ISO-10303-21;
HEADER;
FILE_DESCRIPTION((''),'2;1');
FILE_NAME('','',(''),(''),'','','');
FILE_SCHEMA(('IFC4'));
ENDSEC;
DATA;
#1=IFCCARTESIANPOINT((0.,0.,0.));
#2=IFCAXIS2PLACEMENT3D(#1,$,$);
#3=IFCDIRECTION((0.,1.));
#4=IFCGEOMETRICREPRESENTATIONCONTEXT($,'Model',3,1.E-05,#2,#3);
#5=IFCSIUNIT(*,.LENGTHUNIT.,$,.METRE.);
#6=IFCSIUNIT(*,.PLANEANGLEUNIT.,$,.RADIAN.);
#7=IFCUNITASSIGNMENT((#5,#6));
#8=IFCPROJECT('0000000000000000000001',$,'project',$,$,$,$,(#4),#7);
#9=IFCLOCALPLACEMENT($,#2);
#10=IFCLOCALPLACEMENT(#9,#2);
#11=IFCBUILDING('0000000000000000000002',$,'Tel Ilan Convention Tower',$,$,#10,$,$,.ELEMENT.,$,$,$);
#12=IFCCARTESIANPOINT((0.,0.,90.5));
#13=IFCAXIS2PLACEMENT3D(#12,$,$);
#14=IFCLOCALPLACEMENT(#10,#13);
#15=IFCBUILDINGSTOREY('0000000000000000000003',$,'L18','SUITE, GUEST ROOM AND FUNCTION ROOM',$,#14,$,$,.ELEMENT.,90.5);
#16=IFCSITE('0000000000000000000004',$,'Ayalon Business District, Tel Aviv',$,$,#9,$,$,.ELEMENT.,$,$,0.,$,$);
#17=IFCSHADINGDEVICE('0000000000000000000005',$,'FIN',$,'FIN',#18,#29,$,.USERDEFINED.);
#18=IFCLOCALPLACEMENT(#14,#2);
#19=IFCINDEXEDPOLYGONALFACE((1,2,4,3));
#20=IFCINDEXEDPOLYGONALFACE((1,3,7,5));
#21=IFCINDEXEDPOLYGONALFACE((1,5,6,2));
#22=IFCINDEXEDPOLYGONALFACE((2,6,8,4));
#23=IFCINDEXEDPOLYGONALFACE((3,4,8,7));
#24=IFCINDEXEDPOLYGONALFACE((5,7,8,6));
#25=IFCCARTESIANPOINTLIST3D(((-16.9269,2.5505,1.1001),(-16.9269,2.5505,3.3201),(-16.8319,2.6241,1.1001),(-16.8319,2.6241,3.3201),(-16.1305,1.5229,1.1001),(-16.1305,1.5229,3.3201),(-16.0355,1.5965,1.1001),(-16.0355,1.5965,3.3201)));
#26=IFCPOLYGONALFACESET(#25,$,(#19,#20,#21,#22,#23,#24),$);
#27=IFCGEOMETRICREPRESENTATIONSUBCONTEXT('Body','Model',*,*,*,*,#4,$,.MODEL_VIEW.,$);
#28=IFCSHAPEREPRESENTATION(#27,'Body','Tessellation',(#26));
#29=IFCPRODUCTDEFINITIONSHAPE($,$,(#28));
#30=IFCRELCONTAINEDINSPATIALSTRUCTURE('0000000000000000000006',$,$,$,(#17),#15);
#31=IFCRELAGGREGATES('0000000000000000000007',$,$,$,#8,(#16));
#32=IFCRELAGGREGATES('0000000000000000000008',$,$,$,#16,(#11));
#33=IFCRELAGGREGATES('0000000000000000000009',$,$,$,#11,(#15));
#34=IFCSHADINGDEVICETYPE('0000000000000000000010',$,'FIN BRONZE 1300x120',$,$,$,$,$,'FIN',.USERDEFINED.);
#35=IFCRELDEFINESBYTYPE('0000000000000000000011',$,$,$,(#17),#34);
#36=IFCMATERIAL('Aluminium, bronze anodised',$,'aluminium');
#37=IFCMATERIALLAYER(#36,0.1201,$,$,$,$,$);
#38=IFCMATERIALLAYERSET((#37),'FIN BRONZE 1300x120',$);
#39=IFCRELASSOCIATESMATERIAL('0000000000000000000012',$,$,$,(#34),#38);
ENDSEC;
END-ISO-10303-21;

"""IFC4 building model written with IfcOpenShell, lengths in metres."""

from ifc_helpers import new_model, si_unit, direction, frame, origin, origin_2d, place, context, subcontext, project, spatial, rectangle, extrude, material, layer, layer_set, type_object, element, save


model = new_model("IFC4")

# Units and contexts
model_context = context("Model", 3, precision=1e-05, world=origin(), true_north=direction((0.0, 1.0)))
body_context = subcontext(model_context, "Body", "Model", "MODEL_VIEW")
ifc_project = project(units=[si_unit("LENGTHUNIT", "METRE"), si_unit("PLANEANGLEUNIT", "RADIAN")], contexts=[model_context])

# Site, building, storey
site_placement = place(None, origin())
site = spatial("IfcSite", under=ifc_project, at=site_placement, Name="Ayalon Business District, Tel Aviv", CompositionType="ELEMENT", RefElevation=0.0)
building_placement = place(site_placement, origin())
building = spatial("IfcBuilding", under=site, at=building_placement, Name="Tel Ilan Convention Tower", CompositionType="ELEMENT")
storey_placement = place(building_placement, frame((0.0, 0.0, 90.5)))
storey = spatial("IfcBuildingStorey", under=building, at=storey_placement, Name="L18", Description="SUITE, GUEST ROOM AND FUNCTION ROOM", CompositionType="ELEMENT", Elevation=90.5)

# Shading device
ifc_material_1 = material(Name="Aluminium, bronze anodised", Category="aluminium")
ifc_layer_1 = layer(ifc_material_1, 0.1201)
ifc_layer_set_1 = layer_set([ifc_layer_1], Name="FIN BRONZE 1300x120")
shading_device_type = type_object("IfcShadingDeviceType", Name="FIN BRONZE 1300x120", ElementType="FIN", PredefinedType="USERDEFINED", material=ifc_layer_set_1)
for number, where, z_axis, x_axis, name in (
    (1, (-16.4812, 2.0735, 1.1001), (0.0, 0.0, 1.0), (-0.612601, 0.790393, 0.0), "FIN"),
):
    element("IfcShadingDevice", number, at=place(storey_placement, frame(where, z_axis=z_axis, x_axis=x_axis)), inside=storey, type_object=shading_device_type, Name=name, ObjectType="FIN", PredefinedType="USERDEFINED", context=body_context, shape_type="SweptSolid", body=[
        extrude(rectangle(XDim=1.3, YDim=0.1201, at=origin_2d()), origin(), (0.0, 0.0, 1.0), 2.22),
    ])

save(model, "model.ifc")
